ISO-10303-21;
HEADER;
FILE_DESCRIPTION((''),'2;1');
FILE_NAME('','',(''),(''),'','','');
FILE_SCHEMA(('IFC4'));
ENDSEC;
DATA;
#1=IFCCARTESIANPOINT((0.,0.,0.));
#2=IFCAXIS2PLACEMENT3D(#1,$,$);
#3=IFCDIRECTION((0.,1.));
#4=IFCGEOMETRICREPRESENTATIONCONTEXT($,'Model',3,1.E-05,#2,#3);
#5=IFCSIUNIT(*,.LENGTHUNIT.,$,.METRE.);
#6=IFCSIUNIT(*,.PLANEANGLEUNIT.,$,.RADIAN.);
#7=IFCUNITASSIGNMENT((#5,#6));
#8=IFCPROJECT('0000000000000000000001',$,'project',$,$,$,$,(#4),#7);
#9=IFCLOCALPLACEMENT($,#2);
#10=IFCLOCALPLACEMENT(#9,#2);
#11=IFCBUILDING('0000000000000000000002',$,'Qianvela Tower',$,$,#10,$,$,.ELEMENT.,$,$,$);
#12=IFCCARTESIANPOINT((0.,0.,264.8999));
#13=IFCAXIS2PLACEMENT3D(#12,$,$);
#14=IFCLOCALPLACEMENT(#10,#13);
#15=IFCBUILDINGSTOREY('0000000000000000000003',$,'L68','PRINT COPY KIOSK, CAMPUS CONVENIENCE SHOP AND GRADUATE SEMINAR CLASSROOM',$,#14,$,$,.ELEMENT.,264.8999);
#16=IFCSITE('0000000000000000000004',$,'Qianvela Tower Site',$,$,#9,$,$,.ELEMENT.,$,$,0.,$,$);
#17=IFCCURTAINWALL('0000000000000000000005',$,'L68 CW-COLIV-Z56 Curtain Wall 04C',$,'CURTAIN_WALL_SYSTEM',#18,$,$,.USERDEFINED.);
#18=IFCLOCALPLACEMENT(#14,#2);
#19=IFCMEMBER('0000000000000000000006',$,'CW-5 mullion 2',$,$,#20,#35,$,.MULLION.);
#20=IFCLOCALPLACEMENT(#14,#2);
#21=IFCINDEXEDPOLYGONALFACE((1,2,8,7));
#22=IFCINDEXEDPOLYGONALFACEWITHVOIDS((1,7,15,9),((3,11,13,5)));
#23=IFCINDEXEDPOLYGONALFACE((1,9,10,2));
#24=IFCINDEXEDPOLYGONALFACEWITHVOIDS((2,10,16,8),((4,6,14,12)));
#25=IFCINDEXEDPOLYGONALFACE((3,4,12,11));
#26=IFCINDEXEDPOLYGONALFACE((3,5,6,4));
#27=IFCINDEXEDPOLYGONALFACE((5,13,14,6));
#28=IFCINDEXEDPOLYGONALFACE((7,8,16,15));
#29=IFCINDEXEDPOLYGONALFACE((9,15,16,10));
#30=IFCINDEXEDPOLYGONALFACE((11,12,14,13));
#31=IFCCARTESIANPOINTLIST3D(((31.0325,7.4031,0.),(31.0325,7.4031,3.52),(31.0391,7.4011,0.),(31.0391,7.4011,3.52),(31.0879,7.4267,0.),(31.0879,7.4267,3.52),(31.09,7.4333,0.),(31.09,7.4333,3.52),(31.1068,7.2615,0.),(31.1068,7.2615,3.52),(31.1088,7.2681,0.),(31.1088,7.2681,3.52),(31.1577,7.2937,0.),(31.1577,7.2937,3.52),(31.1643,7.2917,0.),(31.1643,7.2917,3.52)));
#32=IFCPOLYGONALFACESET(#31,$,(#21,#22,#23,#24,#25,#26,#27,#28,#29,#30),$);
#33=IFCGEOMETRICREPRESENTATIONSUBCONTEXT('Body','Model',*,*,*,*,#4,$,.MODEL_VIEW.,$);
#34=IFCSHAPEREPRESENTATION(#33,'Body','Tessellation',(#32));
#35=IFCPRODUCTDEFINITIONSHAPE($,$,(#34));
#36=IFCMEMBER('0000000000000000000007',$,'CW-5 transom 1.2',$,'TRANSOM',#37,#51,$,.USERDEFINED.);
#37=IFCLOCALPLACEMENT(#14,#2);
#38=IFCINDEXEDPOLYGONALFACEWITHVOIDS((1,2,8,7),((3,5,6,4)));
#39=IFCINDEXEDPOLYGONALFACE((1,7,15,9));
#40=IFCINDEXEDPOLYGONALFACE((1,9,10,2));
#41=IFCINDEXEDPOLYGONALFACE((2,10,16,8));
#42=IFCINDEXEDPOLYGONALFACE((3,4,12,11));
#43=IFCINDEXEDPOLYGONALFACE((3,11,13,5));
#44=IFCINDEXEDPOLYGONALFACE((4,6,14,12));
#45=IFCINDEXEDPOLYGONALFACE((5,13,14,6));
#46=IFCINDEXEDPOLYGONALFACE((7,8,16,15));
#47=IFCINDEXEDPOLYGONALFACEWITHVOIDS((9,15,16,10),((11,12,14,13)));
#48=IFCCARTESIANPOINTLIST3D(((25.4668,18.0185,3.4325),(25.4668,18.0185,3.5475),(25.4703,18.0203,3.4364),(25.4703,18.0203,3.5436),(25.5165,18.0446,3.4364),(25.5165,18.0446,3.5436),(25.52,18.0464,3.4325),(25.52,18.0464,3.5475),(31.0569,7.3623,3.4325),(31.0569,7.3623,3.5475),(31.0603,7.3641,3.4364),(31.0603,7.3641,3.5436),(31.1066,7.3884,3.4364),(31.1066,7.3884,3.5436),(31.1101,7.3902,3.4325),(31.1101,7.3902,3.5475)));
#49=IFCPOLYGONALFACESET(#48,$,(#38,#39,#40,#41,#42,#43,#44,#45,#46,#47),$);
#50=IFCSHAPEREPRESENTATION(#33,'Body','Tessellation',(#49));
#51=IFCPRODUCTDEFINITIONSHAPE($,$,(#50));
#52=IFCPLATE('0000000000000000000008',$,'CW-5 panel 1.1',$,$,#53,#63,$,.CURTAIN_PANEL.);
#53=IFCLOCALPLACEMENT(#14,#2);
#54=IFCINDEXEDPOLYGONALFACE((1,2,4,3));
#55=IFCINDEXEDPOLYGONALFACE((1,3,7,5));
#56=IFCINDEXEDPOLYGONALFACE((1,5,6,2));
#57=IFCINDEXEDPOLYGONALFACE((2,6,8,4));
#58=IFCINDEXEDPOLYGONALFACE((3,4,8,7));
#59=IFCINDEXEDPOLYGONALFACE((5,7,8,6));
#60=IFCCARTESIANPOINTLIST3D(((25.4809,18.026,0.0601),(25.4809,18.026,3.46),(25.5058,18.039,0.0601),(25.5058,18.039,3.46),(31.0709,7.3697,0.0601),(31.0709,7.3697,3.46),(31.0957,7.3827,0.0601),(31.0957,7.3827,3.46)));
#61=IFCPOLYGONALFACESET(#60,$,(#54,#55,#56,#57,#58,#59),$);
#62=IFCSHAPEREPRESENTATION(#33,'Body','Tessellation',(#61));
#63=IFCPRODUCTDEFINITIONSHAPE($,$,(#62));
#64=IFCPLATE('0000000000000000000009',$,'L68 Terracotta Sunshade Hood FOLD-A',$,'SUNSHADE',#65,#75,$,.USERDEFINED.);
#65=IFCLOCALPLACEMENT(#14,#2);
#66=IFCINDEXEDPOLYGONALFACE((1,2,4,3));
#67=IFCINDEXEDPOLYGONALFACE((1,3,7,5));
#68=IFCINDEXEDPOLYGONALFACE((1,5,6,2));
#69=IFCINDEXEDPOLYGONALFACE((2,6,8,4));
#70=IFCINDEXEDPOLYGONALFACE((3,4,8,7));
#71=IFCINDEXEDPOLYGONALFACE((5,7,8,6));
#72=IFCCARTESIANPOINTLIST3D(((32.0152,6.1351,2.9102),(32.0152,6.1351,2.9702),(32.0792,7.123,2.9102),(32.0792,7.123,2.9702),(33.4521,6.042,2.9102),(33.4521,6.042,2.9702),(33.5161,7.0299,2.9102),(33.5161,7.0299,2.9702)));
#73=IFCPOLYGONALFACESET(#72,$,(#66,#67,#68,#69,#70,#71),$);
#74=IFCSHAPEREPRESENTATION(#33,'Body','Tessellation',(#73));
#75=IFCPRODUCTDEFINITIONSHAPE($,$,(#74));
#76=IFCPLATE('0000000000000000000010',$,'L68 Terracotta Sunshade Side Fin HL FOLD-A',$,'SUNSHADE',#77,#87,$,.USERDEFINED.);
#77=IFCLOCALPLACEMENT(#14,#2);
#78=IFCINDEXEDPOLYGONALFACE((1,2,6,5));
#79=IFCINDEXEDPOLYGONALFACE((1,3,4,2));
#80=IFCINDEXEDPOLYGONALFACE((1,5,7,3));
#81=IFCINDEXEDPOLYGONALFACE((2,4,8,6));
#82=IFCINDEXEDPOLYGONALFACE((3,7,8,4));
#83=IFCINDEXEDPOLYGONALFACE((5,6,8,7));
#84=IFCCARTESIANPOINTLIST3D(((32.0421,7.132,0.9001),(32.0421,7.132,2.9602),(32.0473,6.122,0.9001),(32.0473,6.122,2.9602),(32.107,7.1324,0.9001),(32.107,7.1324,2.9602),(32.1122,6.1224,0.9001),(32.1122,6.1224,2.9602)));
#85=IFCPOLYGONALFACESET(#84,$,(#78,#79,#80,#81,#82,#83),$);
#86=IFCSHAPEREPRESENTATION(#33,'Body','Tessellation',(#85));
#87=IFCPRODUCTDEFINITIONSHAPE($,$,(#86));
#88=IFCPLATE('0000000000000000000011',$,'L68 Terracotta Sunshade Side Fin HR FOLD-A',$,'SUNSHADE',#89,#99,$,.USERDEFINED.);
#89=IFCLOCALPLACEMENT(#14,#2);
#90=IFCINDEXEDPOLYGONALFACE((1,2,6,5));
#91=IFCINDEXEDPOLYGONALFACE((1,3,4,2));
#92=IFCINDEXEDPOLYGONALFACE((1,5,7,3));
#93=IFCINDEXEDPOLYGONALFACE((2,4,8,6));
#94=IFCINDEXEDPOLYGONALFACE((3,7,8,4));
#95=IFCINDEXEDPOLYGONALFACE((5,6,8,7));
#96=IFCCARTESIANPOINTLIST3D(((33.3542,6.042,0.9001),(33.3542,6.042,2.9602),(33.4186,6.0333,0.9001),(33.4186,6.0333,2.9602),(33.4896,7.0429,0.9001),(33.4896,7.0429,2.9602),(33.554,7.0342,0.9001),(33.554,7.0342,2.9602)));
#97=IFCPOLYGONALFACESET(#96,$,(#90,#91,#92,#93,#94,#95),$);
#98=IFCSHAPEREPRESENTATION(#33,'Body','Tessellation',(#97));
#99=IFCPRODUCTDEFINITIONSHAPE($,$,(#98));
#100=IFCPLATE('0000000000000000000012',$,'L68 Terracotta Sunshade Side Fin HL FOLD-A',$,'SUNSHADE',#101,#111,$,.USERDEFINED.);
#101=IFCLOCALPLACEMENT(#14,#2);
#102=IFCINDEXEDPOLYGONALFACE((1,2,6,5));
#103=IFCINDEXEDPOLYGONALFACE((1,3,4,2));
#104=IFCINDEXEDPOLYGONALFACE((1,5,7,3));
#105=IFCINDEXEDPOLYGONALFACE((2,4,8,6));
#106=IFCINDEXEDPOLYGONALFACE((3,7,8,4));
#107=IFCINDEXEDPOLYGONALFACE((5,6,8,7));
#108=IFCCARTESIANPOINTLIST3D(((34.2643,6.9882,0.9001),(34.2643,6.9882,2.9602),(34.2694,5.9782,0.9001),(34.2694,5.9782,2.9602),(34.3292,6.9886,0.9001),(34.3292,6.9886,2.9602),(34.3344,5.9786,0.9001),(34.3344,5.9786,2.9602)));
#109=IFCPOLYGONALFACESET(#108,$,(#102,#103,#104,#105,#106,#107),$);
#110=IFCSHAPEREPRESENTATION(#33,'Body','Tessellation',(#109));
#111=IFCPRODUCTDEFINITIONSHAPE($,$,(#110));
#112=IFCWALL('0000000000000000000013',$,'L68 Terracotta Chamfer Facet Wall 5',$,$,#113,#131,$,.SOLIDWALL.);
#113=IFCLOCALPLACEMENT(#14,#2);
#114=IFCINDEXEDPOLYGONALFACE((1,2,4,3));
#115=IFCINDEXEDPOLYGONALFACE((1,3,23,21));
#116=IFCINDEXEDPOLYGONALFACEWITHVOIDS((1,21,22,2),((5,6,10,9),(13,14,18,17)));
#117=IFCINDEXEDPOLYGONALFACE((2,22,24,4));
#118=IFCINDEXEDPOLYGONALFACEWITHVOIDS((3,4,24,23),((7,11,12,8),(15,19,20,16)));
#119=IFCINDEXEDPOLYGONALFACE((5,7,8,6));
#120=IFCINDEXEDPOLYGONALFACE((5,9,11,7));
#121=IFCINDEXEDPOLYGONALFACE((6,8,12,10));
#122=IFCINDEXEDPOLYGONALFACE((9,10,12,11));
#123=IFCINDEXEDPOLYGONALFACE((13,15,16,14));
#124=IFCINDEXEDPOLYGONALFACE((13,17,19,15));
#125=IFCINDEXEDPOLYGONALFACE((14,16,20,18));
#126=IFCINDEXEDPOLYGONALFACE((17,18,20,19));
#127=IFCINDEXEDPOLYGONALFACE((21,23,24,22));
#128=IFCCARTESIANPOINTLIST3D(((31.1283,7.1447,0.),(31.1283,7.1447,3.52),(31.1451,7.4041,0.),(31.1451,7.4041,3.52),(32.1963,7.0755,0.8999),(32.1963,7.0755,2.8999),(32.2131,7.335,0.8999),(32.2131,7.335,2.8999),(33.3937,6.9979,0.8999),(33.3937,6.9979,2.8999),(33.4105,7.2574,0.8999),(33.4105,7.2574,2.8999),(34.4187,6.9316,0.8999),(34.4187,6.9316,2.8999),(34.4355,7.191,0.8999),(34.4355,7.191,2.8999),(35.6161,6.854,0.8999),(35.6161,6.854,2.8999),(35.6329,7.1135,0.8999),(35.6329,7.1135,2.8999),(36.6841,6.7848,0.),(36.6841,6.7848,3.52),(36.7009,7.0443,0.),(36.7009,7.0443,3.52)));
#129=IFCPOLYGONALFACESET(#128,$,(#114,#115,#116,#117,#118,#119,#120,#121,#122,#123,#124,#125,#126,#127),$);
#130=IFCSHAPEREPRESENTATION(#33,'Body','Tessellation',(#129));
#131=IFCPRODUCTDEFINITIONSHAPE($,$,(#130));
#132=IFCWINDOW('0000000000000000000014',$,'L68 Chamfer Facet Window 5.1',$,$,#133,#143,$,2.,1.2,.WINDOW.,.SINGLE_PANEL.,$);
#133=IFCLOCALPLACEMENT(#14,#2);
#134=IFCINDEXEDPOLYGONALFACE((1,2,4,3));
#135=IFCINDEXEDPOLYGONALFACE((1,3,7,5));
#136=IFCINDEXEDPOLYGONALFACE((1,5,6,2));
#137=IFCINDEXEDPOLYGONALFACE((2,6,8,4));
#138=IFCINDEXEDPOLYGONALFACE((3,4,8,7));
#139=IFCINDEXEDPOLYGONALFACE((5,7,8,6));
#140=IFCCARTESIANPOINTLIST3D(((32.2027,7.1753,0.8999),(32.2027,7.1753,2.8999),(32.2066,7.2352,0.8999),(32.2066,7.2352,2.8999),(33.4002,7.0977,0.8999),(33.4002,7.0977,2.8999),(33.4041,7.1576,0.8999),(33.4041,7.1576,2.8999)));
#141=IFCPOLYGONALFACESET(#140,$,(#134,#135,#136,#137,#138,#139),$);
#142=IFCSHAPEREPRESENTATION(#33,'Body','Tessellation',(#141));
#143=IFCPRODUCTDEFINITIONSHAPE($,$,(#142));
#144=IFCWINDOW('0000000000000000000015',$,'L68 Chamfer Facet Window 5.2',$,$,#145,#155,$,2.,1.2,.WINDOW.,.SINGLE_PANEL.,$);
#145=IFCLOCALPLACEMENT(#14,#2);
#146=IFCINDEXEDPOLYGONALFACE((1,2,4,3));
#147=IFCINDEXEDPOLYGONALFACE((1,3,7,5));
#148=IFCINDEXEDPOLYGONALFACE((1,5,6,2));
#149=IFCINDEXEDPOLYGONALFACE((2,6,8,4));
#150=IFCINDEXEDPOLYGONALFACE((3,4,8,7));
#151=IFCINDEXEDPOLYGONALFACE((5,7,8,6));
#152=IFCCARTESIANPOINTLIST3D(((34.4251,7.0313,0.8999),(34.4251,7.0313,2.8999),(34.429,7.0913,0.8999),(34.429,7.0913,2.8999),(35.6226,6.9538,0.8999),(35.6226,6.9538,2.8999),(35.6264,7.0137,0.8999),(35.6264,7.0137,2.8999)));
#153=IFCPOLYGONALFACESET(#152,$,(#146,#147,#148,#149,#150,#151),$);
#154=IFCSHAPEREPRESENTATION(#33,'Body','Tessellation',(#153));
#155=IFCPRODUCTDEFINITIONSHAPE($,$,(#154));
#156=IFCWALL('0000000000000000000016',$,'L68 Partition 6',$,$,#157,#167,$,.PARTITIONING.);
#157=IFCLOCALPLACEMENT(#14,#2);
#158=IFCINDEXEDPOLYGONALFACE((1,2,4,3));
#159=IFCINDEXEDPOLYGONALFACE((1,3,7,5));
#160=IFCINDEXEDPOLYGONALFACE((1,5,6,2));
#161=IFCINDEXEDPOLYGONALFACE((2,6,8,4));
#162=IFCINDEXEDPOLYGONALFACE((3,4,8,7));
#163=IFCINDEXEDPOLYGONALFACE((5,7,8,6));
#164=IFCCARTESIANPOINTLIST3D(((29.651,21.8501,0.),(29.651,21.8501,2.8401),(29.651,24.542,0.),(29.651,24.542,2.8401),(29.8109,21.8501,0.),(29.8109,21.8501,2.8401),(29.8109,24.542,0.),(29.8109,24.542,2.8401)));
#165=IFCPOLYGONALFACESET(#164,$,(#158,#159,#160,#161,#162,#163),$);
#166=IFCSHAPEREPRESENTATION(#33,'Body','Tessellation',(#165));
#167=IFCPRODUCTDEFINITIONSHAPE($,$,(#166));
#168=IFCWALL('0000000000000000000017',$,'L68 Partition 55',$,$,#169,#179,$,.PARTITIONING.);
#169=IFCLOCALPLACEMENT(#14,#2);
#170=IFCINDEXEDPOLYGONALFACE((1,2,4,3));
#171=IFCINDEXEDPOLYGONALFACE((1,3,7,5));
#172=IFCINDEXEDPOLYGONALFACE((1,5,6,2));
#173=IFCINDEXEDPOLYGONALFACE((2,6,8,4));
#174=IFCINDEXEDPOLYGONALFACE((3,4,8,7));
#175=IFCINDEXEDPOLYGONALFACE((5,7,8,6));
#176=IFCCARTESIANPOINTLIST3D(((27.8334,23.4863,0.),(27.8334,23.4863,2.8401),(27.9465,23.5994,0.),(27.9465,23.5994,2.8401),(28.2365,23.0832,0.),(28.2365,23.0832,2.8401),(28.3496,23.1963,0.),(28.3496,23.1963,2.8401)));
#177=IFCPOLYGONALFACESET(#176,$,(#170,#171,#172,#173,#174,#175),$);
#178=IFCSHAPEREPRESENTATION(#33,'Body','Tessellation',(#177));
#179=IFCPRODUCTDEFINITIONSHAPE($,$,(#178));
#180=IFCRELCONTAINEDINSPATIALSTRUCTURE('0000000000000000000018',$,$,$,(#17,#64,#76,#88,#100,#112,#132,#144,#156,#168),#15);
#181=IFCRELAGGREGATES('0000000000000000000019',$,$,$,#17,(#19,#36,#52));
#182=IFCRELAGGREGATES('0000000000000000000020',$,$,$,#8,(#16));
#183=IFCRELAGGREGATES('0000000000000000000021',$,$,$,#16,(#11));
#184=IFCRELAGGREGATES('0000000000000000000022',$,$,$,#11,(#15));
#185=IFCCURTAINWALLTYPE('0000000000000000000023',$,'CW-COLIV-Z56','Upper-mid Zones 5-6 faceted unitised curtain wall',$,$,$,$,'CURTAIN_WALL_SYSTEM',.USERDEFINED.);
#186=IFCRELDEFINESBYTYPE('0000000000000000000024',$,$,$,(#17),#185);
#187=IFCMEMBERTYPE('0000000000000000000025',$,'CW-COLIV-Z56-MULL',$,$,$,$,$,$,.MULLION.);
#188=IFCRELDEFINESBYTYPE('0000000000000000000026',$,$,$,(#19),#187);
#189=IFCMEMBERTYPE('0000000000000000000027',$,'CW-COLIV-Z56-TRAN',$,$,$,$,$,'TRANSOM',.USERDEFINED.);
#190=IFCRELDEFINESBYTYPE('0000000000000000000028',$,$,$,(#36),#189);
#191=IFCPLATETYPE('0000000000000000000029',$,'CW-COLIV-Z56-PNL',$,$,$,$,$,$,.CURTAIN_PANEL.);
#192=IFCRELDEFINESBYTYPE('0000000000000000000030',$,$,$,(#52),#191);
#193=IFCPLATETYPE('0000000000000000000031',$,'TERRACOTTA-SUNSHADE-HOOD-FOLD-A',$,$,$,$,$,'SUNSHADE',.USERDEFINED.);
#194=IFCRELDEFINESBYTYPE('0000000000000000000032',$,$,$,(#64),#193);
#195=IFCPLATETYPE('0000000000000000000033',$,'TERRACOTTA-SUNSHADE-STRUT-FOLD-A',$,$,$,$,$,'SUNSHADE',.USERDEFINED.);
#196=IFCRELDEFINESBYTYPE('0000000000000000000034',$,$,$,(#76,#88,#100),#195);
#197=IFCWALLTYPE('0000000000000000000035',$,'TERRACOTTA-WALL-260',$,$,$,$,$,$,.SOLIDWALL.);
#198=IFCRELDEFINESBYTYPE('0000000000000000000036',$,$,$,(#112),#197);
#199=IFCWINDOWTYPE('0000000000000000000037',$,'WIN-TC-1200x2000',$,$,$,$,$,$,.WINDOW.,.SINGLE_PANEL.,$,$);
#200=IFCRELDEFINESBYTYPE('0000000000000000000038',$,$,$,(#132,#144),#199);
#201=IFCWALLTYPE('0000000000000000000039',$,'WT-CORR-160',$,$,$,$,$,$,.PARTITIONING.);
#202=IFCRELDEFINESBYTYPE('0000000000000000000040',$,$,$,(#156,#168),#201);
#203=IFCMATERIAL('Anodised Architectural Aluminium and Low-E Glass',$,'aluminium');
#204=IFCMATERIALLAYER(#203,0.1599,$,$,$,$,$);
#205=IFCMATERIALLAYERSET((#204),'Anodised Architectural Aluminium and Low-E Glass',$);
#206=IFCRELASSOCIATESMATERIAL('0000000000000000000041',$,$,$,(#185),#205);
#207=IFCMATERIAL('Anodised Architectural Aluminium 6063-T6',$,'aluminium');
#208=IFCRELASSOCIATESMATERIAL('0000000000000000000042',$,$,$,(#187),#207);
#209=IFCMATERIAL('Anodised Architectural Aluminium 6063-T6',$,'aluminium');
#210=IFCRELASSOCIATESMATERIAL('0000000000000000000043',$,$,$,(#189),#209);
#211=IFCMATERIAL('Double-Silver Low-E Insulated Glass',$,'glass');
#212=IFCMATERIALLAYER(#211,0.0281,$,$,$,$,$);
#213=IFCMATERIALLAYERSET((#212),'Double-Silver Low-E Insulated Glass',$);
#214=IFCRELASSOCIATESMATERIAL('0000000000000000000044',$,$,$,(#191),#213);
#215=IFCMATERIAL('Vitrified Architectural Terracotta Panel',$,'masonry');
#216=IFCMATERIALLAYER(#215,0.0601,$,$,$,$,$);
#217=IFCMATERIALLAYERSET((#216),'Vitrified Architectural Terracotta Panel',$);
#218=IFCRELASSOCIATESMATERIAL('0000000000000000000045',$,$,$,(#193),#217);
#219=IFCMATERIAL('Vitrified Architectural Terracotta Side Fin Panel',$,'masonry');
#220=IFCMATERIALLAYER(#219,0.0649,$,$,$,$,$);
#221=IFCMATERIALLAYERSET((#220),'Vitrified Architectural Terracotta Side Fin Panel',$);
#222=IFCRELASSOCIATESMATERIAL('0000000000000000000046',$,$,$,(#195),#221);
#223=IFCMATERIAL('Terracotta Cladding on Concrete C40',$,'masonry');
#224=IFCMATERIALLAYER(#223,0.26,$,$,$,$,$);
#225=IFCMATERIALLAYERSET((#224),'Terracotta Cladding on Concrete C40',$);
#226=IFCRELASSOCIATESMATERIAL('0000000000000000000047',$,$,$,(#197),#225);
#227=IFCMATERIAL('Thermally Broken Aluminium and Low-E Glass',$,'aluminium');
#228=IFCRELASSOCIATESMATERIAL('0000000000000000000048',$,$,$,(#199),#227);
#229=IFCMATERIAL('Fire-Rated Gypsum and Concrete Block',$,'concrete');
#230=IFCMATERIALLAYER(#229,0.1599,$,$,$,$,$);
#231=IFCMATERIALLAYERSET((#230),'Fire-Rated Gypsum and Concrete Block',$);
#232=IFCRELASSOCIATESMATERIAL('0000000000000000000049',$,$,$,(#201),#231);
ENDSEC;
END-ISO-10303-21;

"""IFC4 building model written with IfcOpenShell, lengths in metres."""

from ifc_helpers import new_model, si_unit, direction, frame, frame_2d, origin, origin_2d, place, context, subcontext, project, spatial, rectangle, hollow_rectangle, extrude, material, layer, layer_set, material_profile, profile_set, type_object, element, fill, aggregate, save


model = new_model("IFC4")

# Units and contexts
model_context = context("Model", 3, precision=1e-05, world=origin(), true_north=direction((0.0, 1.0)))
body_context = subcontext(model_context, "Body", "Model", "MODEL_VIEW")
ifc_project = project(units=[si_unit("LENGTHUNIT", "METRE"), si_unit("PLANEANGLEUNIT", "RADIAN")], contexts=[model_context])

# Site, building, storey
site_placement = place(None, origin())
site = spatial("IfcSite", under=ifc_project, at=site_placement, Name="Qianvela Tower Site", CompositionType="ELEMENT", RefElevation=0.0)
building_placement = place(site_placement, origin())
building = spatial("IfcBuilding", under=site, at=building_placement, Name="Qianvela Tower", CompositionType="ELEMENT")
storey_placement = place(building_placement, frame((0.0, 0.0, 264.8999)))
storey = spatial("IfcBuildingStorey", under=building, at=storey_placement, Name="L68", Description="PRINT COPY KIOSK, CAMPUS CONVENIENCE SHOP AND GRADUATE SEMINAR CLASSROOM", CompositionType="ELEMENT", Elevation=264.8999)

# Curtain wall, members, plate
ifc_material_1 = material(Name="Anodised Architectural Aluminium and Low-E Glass", Category="aluminium")
ifc_layer_1 = layer(ifc_material_1, 0.1599)
ifc_layer_set_1 = layer_set([ifc_layer_1], Name="Anodised Architectural Aluminium and Low-E Glass")
curtain_wall_type = type_object("IfcCurtainWallType", Name="CW-COLIV-Z56", Description="Upper-mid Zones 5-6 faceted unitised curtain wall", ElementType="CURTAIN_WALL_SYSTEM", PredefinedType="USERDEFINED", material=ifc_layer_set_1)
curtain_wall_placement = place(storey_placement, origin())
curtain_wall = element("IfcCurtainWall", 1, at=curtain_wall_placement, inside=storey, type_object=curtain_wall_type, Name="L68 CW-COLIV-Z56 Curtain Wall 04C", ObjectType="CURTAIN_WALL_SYSTEM", PredefinedType="USERDEFINED")
ifc_material_2 = material(Name="Anodised Architectural Aluminium 6063-T6", Category="aluminium")
ifc_material_profile_1 = material_profile(ifc_material_2, hollow_rectangle(XDim=0.0649, YDim=0.1599, WallThickness=0.0049, at=origin_2d()), Name="ALU-MULL-65x160")
ifc_profile_set_1 = profile_set([ifc_material_profile_1], Name="Anodised Architectural Aluminium 6063-T6")
member_type_1 = type_object("IfcMemberType", Name="CW-COLIV-Z56-MULL", PredefinedType="MULLION", material=ifc_profile_set_1)
member_1_placement = place(storey_placement, frame((31.0984, 7.3474, 0.0), z_axis=(0.0, 0.0, 1.0), x_axis=(0.885555, 0.464535, 0.0)))
member_1 = element("IfcMember", 2, at=member_1_placement, type_object=member_type_1, Name="CW-5 mullion 2", PredefinedType="MULLION", context=body_context, shape_type="SweptSolid", body=[
    extrude(hollow_rectangle(XDim=0.0649, YDim=0.1599, WallThickness=0.0049, at=origin_2d()), origin(), (0.0, 0.0, 1.0), 3.52),
])
ifc_material_3 = material(Name="Anodised Architectural Aluminium 6063-T6", Category="aluminium")
ifc_material_profile_2 = material_profile(ifc_material_3, hollow_rectangle(XDim=0.0601, YDim=0.115, WallThickness=0.0039, at=origin_2d()), Name="ALU-TRAN-60x115")
ifc_profile_set_2 = profile_set([ifc_material_profile_2], Name="Anodised Architectural Aluminium 6063-T6")
member_type_2 = type_object("IfcMemberType", Name="CW-COLIV-Z56-TRAN", ElementType="TRANSOM", PredefinedType="USERDEFINED", material=ifc_profile_set_2)
member_2_placement = place(storey_placement, frame((25.4934, 18.0325, 3.49), z_axis=(0.464544, -0.88555, 0.0), x_axis=(0.88555, 0.464544, 0.0)))
member_2 = element("IfcMember", 3, at=member_2_placement, type_object=member_type_2, Name="CW-5 transom 1.2", ObjectType="TRANSOM", PredefinedType="USERDEFINED", context=body_context, shape_type="SweptSolid", body=[
    extrude(hollow_rectangle(XDim=0.0601, YDim=0.115, WallThickness=0.0039, at=origin_2d()), origin(), (0.0, 0.0, 1.0), 12.0334),
])
ifc_material_4 = material(Name="Double-Silver Low-E Insulated Glass", Category="glass")
ifc_layer_2 = layer(ifc_material_4, 0.0281)
ifc_layer_set_2 = layer_set([ifc_layer_2], Name="Double-Silver Low-E Insulated Glass")
plate_type_1 = type_object("IfcPlateType", Name="CW-COLIV-Z56-PNL", PredefinedType="CURTAIN_PANEL", material=ifc_layer_set_2)
plate_1_placement = place(storey_placement, frame((28.2883, 12.7043, 0.0601), z_axis=(0.0, 0.0, 1.0), x_axis=(0.464535, -0.885555, 0.0)))
plate_1 = element("IfcPlate", 4, at=plate_1_placement, type_object=plate_type_1, Name="CW-5 panel 1.1", PredefinedType="CURTAIN_PANEL", context=body_context, shape_type="SweptSolid", body=[
    extrude(rectangle(XDim=12.0334, YDim=0.0281, at=origin_2d()), origin(), (0.0, 0.0, 1.0), 3.3999),
])
aggregate(curtain_wall, [member_1, member_2, plate_1])

# Plates
ifc_material_5 = material(Name="Vitrified Architectural Terracotta Panel", Category="masonry")
ifc_layer_3 = layer(ifc_material_5, 0.0601)
ifc_layer_set_3 = layer_set([ifc_layer_3], Name="Vitrified Architectural Terracotta Panel")
plate_type_2 = type_object("IfcPlateType", Name="TERRACOTTA-SUNSHADE-HOOD-FOLD-A", ElementType="SUNSHADE", PredefinedType="USERDEFINED", material=ifc_layer_set_3)
plate_2_placement = place(storey_placement, frame((32.7656, 6.5825, 2.9102), z_axis=(0.0, 0.0, 1.0), x_axis=(0.997909, -0.06463, 0.0)))
element("IfcPlate", 5, at=plate_2_placement, inside=storey, type_object=plate_type_2, Name="L68 Terracotta Sunshade Hood FOLD-A", ObjectType="SUNSHADE", PredefinedType="USERDEFINED", context=body_context, shape_type="SweptSolid", body=[
    extrude(rectangle(XDim=1.4399, YDim=0.99, at=origin_2d()), origin(), (0.0, 0.0, 1.0), 0.0601),
])
ifc_material_6 = material(Name="Vitrified Architectural Terracotta Side Fin Panel", Category="masonry")
ifc_layer_4 = layer(ifc_material_6, 0.0649)
ifc_layer_set_4 = layer_set([ifc_layer_4], Name="Vitrified Architectural Terracotta Side Fin Panel")
plate_type_3 = type_object("IfcPlateType", Name="TERRACOTTA-SUNSHADE-STRUT-FOLD-A", ElementType="SUNSHADE", PredefinedType="USERDEFINED", material=ifc_layer_set_4)
for number, where, z_axis, x_axis, name in (
    (6, (32.0771, 6.6272, 0.9001), (0.0, 0.0, 1.0), (0.999987, 0.005138, 0.0), "L68 Terracotta Sunshade Side Fin HL FOLD-A"),
    (7, (33.4541, 6.5381, 0.9001), (0.0, 0.0, 1.0), (0.99097, -0.134083, 0.0), "L68 Terracotta Sunshade Side Fin HR FOLD-A"),
    (8, (34.2993, 6.4834, 0.9001), (0.0, 0.0, 1.0), (0.999987, 0.005138, 0.0), "L68 Terracotta Sunshade Side Fin HL FOLD-A"),
):
    element("IfcPlate", number, at=place(storey_placement, frame(where, z_axis=z_axis, x_axis=x_axis)), inside=storey, type_object=plate_type_3, Name=name, ObjectType="SUNSHADE", PredefinedType="USERDEFINED", context=body_context, shape_type="SweptSolid", body=[
        extrude(rectangle(XDim=0.0649, YDim=1.01, at=origin_2d()), origin(), (0.0, 0.0, 1.0), 2.0601),
    ])

# Wall, openings, windows
ifc_material_7 = material(Name="Terracotta Cladding on Concrete C40", Category="masonry")
ifc_layer_5 = layer(ifc_material_7, 0.26)
ifc_layer_set_5 = layer_set([ifc_layer_5], Name="Terracotta Cladding on Concrete C40")
wall_type_1 = type_object("IfcWallType", Name="TERRACOTTA-WALL-260", PredefinedType="SOLIDWALL", material=ifc_layer_set_5)
wall_1_placement = place(storey_placement, frame((31.1367, 7.2744, 0.0), z_axis=(0.0, 0.0, 1.0), x_axis=(0.997909, -0.064639, 0.0)))
wall_1 = element("IfcWall", 9, at=wall_1_placement, inside=storey, type_object=wall_type_1, Name="L68 Terracotta Chamfer Facet Wall 5", PredefinedType="SOLIDWALL", context=body_context, shape_type="SweptSolid", body=[
    extrude(rectangle(XDim=5.5674, YDim=0.26, at=frame_2d((2.7837, 0.0))), origin(), (0.0, 0.0, 1.0), 3.52),
])
opening_1_placement = place(wall_1_placement, frame((1.0701, 0.0, 0.8999)))
opening_1 = element("IfcOpeningElement", 10, at=opening_1_placement, cuts=wall_1, PredefinedType="OPENING", context=body_context, shape_type="SweptSolid", body=[
    extrude(rectangle(XDim=1.2, YDim=2.0, at=frame_2d((0.6001, 1.0))), frame((0.0, 0.1399, 0.0), z_axis=(0.0, -1.0, 0.0), x_axis=(1.0, 0.0, 0.0)), (0.0, 0.0, 1.0), 0.28),
])
opening_2_placement = place(wall_1_placement, frame((3.2971, 0.0, 0.8999)))
opening_2 = element("IfcOpeningElement", 11, at=opening_2_placement, cuts=wall_1, PredefinedType="OPENING", context=body_context, shape_type="SweptSolid", body=[
    extrude(rectangle(XDim=1.2, YDim=2.0, at=frame_2d((0.6001, 1.0))), frame((0.0, 0.1399, 0.0), z_axis=(0.0, -1.0, 0.0), x_axis=(1.0, 0.0, 0.0)), (0.0, 0.0, 1.0), 0.28),
])
ifc_material_8 = material(Name="Thermally Broken Aluminium and Low-E Glass", Category="aluminium")
window_type = type_object("IfcWindowType", Name="WIN-TC-1200x2000", PartitioningType="SINGLE_PANEL", PredefinedType="WINDOW", material=ifc_material_8)
window_1_placement = place(opening_1_placement, origin())
window_1 = element("IfcWindow", 12, at=window_1_placement, inside=storey, type_object=window_type, Name="L68 Chamfer Facet Window 5.1", OverallHeight=2.0, OverallWidth=1.2, PartitioningType="SINGLE_PANEL", PredefinedType="WINDOW", context=body_context, shape_type="SweptSolid", body=[
    extrude(rectangle(XDim=1.2, YDim=2.0, at=frame_2d((0.6001, 1.0))), frame((0.0, 0.03, 0.0), z_axis=(0.0, -1.0, 0.0), x_axis=(1.0, 0.0, 0.0)), (0.0, 0.0, 1.0), 0.0601),
])
fill(opening_1, window_1)
window_2_placement = place(opening_2_placement, origin())
window_2 = element("IfcWindow", 13, at=window_2_placement, inside=storey, type_object=window_type, Name="L68 Chamfer Facet Window 5.2", OverallHeight=2.0, OverallWidth=1.2, PartitioningType="SINGLE_PANEL", PredefinedType="WINDOW", context=body_context, shape_type="SweptSolid", body=[
    extrude(rectangle(XDim=1.2, YDim=2.0, at=frame_2d((0.6001, 1.0))), frame((0.0, 0.03, 0.0), z_axis=(0.0, -1.0, 0.0), x_axis=(1.0, 0.0, 0.0)), (0.0, 0.0, 1.0), 0.0601),
])
fill(opening_2, window_2)

# Shared definitions
ifc_material_9 = material(Name="Fire-Rated Gypsum and Concrete Block", Category="concrete")
ifc_layer_6 = layer(ifc_material_9, 0.1599)
ifc_layer_set_6 = layer_set([ifc_layer_6], Name="Fire-Rated Gypsum and Concrete Block")
wall_type_2 = type_object("IfcWallType", Name="WT-CORR-160", PredefinedType="PARTITIONING", material=ifc_layer_set_6)

# Walls
wall_2_placement = place(storey_placement, frame((29.731, 21.8501, 0.0), z_axis=(0.0, 0.0, 1.0), x_axis=(0.0, 1.0, 0.0)))
element("IfcWall", 14, at=wall_2_placement, inside=storey, type_object=wall_type_2, Name="L68 Partition 6", PredefinedType="PARTITIONING", context=body_context, shape_type="SweptSolid", body=[
    extrude(rectangle(XDim=2.6919, YDim=0.1599, at=frame_2d((1.3459, 0.0))), origin(), (0.0, 0.0, 1.0), 2.8401),
])
wall_3_placement = place(storey_placement, frame((27.8899, 23.543, 0.0), z_axis=(0.0, 0.0, 1.0), x_axis=(0.707107, -0.707107, 0.0)))
element("IfcWall", 15, at=wall_3_placement, inside=storey, type_object=wall_type_2, Name="L68 Partition 55", PredefinedType="PARTITIONING", context=body_context, shape_type="SweptSolid", body=[
    extrude(rectangle(XDim=0.5701, YDim=0.1599, at=frame_2d((0.2852, 0.0))), origin(), (0.0, 0.0, 1.0), 2.8401),
])

save(model, "model.ifc")
